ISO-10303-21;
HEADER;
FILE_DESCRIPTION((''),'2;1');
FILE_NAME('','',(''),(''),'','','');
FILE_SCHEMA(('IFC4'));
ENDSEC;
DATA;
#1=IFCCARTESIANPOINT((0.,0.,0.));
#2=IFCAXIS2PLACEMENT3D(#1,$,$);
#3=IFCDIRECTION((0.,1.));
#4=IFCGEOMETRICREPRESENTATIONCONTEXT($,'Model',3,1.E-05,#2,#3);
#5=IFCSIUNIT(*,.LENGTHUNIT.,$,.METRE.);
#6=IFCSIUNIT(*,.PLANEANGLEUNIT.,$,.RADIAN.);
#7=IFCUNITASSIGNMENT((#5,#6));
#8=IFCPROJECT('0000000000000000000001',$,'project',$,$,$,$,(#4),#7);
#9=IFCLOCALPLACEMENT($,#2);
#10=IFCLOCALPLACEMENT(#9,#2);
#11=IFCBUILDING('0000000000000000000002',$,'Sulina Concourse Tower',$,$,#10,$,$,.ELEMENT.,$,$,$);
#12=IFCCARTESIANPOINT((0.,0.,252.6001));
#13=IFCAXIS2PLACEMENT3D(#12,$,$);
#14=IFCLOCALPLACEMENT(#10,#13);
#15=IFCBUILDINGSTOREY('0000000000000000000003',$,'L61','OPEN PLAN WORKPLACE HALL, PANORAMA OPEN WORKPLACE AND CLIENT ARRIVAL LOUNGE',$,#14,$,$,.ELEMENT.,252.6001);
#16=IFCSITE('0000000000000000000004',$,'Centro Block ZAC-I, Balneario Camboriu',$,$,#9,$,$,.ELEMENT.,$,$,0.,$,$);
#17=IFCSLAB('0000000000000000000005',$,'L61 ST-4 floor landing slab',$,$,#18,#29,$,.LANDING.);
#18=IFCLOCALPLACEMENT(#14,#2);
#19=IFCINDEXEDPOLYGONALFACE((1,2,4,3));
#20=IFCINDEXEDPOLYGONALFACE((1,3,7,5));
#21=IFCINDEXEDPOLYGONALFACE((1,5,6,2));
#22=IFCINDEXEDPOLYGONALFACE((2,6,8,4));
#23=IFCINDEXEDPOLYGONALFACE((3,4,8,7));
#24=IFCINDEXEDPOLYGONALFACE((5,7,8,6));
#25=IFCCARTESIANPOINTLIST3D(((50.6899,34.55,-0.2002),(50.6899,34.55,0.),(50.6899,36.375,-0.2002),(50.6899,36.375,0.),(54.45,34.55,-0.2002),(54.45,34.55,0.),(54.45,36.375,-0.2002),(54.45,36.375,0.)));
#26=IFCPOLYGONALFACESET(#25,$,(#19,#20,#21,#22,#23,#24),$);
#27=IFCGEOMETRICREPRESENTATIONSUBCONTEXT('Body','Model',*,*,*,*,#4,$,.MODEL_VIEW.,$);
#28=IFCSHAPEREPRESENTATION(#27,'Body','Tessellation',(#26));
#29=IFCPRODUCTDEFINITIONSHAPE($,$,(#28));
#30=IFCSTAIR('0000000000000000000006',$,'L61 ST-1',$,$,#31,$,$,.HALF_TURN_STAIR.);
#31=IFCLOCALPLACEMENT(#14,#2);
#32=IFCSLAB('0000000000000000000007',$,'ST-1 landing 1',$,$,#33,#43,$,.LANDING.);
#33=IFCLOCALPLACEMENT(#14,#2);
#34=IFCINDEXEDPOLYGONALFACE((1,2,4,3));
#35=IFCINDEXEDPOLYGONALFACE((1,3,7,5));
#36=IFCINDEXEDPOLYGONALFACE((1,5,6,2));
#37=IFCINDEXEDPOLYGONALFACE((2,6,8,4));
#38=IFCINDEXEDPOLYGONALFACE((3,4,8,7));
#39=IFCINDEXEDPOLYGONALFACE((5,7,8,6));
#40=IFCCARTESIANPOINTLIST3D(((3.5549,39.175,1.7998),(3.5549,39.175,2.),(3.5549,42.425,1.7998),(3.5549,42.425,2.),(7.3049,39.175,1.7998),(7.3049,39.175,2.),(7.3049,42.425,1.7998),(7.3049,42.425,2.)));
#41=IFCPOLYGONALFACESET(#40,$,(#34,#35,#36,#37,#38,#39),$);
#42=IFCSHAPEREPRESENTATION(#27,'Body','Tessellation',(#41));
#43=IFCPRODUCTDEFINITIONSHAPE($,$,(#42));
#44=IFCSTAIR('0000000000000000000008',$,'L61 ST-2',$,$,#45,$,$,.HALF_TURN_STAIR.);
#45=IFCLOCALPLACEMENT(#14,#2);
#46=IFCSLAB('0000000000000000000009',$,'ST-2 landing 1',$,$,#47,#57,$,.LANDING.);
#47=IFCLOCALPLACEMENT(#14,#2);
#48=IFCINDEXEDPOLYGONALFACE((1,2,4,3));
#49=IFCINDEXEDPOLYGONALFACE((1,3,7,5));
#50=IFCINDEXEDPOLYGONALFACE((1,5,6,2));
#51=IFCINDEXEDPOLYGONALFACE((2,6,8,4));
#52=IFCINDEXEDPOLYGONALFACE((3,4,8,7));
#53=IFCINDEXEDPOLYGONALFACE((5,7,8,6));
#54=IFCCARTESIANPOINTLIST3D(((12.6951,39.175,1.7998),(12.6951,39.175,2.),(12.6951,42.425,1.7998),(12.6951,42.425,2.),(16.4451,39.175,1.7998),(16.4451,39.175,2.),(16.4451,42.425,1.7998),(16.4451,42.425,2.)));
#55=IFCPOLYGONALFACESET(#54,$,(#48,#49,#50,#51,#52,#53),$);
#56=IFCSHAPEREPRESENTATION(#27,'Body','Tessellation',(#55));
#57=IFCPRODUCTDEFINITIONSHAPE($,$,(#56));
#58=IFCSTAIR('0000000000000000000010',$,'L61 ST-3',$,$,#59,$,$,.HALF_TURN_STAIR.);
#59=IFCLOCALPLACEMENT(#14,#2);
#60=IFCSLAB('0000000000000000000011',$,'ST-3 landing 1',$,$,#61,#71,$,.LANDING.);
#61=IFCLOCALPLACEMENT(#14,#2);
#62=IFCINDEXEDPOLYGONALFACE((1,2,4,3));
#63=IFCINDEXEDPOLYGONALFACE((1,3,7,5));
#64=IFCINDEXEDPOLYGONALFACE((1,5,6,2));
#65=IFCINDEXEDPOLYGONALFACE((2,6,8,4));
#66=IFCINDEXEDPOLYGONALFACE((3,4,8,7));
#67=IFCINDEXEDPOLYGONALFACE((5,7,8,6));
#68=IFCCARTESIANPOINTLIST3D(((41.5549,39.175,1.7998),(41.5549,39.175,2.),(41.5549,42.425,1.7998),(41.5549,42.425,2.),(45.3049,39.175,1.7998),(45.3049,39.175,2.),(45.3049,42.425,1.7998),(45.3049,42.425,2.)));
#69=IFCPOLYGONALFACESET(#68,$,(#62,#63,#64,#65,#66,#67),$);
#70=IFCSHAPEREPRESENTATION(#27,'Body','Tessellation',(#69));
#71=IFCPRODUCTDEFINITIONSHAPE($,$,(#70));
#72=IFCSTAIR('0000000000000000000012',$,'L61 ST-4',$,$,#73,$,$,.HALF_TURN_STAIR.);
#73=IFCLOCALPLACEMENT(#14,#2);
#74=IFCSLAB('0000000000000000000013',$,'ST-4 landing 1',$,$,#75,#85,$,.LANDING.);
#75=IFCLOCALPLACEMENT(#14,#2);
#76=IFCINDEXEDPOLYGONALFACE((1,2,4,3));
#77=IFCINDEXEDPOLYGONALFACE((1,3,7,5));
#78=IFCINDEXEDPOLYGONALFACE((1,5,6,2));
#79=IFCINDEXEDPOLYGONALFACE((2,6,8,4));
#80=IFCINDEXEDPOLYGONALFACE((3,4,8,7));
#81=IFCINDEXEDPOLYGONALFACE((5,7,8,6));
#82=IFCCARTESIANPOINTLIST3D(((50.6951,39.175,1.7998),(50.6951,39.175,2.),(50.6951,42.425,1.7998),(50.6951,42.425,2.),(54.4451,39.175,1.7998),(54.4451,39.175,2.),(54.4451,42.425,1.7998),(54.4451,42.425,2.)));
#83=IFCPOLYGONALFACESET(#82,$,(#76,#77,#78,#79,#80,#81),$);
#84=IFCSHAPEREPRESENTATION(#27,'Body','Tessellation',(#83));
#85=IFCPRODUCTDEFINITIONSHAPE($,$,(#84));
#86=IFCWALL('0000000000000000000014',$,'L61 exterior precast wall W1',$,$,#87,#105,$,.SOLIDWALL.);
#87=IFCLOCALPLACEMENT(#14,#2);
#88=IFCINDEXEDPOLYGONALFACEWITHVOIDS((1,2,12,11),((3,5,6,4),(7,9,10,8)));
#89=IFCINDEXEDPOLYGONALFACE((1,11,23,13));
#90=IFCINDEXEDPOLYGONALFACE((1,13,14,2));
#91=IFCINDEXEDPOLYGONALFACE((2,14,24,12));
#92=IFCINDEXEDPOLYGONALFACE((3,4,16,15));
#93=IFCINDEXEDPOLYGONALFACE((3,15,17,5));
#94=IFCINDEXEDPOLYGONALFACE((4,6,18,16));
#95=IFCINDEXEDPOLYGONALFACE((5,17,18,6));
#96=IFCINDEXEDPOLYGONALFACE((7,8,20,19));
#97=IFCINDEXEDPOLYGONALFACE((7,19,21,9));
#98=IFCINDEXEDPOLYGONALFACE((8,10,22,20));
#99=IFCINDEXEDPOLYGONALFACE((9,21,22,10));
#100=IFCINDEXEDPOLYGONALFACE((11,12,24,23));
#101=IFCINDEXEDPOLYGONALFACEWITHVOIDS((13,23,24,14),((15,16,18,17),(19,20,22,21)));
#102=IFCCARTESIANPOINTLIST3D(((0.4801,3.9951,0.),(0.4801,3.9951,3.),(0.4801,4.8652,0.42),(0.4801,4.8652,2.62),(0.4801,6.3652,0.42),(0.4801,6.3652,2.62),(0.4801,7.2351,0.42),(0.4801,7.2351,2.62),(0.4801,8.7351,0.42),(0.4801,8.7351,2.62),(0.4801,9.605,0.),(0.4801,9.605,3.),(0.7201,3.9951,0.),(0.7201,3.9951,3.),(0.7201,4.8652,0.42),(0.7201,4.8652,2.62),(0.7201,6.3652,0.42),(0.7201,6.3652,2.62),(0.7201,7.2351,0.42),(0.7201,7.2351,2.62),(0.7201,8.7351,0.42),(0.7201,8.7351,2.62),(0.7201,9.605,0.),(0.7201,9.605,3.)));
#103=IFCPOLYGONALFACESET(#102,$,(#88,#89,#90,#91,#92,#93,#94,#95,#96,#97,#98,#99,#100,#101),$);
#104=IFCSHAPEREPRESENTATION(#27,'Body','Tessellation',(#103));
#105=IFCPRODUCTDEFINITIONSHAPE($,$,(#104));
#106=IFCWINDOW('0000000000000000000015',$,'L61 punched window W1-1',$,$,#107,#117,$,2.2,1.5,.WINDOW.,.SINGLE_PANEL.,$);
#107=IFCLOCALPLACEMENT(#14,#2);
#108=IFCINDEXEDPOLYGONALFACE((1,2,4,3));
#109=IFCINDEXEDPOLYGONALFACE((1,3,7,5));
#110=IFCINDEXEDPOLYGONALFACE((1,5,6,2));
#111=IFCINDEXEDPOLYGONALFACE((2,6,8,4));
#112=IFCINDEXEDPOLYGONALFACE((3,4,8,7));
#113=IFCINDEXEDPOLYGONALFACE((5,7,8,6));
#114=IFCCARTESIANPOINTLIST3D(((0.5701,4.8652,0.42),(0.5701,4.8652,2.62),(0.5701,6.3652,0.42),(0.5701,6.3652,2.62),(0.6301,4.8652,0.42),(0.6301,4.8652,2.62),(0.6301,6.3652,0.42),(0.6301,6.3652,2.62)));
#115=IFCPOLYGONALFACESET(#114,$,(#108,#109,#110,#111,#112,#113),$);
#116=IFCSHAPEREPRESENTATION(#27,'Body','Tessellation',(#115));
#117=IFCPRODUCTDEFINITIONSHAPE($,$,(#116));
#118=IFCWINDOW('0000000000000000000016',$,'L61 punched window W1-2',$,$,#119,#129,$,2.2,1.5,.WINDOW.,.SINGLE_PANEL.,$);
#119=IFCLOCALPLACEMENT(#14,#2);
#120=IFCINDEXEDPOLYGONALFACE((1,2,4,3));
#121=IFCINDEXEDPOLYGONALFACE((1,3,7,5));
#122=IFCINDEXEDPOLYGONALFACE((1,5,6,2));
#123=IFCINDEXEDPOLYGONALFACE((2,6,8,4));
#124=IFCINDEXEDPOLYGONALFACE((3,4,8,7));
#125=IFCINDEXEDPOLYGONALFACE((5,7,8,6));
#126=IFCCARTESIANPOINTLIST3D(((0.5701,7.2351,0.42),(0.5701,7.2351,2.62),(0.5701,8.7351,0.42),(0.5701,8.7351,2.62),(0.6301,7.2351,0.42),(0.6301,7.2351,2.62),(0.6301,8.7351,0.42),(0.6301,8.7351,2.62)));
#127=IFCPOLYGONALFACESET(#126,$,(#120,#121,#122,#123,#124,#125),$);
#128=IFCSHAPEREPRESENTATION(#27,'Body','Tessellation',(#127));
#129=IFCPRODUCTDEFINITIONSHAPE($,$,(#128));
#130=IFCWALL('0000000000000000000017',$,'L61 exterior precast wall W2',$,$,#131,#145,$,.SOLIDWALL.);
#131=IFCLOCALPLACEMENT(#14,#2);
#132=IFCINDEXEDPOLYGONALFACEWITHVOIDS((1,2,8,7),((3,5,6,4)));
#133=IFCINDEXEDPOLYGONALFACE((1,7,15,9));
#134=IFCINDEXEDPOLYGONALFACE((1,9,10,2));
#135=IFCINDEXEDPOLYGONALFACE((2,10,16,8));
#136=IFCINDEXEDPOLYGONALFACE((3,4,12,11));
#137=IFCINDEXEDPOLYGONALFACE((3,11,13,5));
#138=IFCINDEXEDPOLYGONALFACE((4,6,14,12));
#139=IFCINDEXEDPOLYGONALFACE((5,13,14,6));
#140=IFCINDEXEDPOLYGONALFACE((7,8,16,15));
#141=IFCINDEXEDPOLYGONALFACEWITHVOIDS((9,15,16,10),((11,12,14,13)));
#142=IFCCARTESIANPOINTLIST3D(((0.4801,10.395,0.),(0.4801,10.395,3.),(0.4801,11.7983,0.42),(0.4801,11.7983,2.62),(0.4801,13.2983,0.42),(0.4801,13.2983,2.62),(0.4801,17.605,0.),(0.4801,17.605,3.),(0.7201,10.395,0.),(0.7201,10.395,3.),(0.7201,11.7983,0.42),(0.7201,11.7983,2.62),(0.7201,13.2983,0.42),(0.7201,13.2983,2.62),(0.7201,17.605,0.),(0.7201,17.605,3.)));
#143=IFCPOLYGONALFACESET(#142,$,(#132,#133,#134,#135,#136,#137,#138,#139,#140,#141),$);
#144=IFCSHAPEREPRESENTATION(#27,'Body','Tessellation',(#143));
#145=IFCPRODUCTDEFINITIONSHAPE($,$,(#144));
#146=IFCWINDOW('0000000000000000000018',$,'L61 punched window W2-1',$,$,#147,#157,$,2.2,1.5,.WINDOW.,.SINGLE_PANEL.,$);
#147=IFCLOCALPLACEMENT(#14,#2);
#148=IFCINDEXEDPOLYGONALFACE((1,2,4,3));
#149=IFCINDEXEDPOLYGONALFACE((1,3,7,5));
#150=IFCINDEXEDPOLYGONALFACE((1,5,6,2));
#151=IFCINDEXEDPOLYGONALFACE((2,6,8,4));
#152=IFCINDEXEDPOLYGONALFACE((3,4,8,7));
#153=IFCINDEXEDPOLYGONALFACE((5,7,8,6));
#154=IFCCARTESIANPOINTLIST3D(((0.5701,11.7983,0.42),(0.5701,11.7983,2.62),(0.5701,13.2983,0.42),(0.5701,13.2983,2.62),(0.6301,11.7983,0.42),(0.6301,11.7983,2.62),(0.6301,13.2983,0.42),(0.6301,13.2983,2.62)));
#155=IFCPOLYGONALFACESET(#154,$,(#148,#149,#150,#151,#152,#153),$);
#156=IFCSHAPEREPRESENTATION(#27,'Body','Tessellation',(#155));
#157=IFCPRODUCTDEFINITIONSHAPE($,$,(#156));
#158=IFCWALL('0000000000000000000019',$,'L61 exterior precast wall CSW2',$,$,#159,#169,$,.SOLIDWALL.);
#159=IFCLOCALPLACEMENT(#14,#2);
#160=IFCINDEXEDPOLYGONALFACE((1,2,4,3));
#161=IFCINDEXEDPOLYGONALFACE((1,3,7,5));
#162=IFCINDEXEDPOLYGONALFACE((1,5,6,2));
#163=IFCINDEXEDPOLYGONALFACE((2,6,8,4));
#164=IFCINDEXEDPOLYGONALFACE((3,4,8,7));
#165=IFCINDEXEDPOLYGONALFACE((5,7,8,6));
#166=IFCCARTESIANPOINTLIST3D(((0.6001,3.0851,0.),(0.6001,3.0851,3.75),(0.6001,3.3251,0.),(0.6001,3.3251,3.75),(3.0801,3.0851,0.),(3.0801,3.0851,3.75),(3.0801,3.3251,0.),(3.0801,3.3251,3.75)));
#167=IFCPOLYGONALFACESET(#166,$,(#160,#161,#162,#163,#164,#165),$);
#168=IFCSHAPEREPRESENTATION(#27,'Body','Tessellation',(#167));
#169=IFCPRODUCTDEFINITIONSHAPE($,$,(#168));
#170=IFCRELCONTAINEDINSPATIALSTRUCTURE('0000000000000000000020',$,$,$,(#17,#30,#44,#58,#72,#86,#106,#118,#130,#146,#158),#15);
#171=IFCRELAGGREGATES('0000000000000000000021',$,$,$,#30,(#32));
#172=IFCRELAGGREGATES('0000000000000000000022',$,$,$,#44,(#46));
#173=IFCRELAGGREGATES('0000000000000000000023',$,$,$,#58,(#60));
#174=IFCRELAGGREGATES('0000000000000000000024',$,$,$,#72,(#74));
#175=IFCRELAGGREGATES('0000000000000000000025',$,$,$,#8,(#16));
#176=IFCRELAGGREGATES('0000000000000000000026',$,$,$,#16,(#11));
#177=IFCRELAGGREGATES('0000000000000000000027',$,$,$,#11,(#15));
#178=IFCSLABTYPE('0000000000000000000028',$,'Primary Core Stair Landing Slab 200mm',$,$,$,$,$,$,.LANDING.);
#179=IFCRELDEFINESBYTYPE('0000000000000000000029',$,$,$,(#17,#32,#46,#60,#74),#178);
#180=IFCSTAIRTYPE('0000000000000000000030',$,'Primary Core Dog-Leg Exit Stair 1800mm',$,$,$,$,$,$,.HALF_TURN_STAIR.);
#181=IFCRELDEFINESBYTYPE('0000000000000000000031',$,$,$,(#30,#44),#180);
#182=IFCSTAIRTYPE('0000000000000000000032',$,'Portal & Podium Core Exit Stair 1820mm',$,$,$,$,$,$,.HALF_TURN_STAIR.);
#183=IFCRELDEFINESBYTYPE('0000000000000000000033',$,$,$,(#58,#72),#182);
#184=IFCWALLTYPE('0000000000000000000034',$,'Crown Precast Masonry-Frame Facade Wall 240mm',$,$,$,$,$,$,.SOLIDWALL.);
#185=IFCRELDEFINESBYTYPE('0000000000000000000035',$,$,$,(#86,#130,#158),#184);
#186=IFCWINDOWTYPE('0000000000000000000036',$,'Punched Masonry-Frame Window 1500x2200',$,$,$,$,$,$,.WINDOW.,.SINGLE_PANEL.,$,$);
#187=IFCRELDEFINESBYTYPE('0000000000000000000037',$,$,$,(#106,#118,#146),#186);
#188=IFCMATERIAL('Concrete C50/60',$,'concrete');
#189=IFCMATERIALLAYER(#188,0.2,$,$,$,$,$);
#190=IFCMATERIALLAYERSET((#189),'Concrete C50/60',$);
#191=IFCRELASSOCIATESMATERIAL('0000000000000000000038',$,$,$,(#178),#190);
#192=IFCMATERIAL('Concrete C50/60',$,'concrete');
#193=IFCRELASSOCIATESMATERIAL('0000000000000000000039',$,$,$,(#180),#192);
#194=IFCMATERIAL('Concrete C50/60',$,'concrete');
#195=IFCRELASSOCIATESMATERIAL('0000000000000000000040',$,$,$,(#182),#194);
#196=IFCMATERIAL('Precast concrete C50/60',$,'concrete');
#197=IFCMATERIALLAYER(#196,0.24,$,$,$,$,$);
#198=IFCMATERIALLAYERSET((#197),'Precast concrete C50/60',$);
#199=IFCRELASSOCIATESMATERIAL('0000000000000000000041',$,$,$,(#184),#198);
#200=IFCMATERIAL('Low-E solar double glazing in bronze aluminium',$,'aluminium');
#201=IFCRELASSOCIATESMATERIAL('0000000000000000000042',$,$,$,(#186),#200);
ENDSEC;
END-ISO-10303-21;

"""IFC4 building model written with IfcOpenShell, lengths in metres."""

from ifc_helpers import new_model, si_unit, direction, frame, frame_2d, origin, place, context, subcontext, project, spatial, polyline, rectangle, outline, extrude, material, layer, layer_set, type_object, element, fill, aggregate, save


model = new_model("IFC4")

# Units and contexts
model_context = context("Model", 3, precision=1e-05, world=origin(), true_north=direction((0.0, 1.0)))
body_context = subcontext(model_context, "Body", "Model", "MODEL_VIEW")
ifc_project = project(units=[si_unit("LENGTHUNIT", "METRE"), si_unit("PLANEANGLEUNIT", "RADIAN")], contexts=[model_context])

# Site, building, storey
site_placement = place(None, origin())
site = spatial("IfcSite", under=ifc_project, at=site_placement, Name="Centro Block ZAC-I, Balneario Camboriu", CompositionType="ELEMENT", RefElevation=0.0)
building_placement = place(site_placement, origin())
building = spatial("IfcBuilding", under=site, at=building_placement, Name="Sulina Concourse Tower", CompositionType="ELEMENT")
storey_placement = place(building_placement, frame((0.0, 0.0, 252.6001)))
storey = spatial("IfcBuildingStorey", under=building, at=storey_placement, Name="L61", Description="OPEN PLAN WORKPLACE HALL, PANORAMA OPEN WORKPLACE AND CLIENT ARRIVAL LOUNGE", CompositionType="ELEMENT", Elevation=252.6001)

# Slab
ifc_material_1 = material(Name="Concrete C50/60", Category="concrete")
ifc_layer_1 = layer(ifc_material_1, 0.2)
ifc_layer_set_1 = layer_set([ifc_layer_1], Name="Concrete C50/60")
slab_type_1 = type_object("IfcSlabType", Name="Primary Core Stair Landing Slab 200mm", PredefinedType="LANDING", material=ifc_layer_set_1)
slab_1_placement = place(storey_placement, frame((0.0, 0.0, -0.2002)))
element("IfcSlab", 1, at=slab_1_placement, inside=storey, type_object=slab_type_1, Name="L61 ST-4 floor landing slab", PredefinedType="LANDING", context=body_context, shape_type="SweptSolid", body=[
    extrude(outline(polyline([(54.45, 34.55), (54.45, 36.375), (50.6899, 36.375), (50.6899, 34.55), (54.45, 34.55)])), origin(), (0.0, 0.0, 1.0), 0.2002),
])

# Stairs, slabs
ifc_material_2 = material(Name="Concrete C50/60", Category="concrete")
stair_type_1 = type_object("IfcStairType", Name="Primary Core Dog-Leg Exit Stair 1800mm", PredefinedType="HALF_TURN_STAIR", material=ifc_material_2)
stair_1_placement = place(storey_placement, origin())
stair_1 = element("IfcStair", 2, at=stair_1_placement, inside=storey, type_object=stair_type_1, Name="L61 ST-1", PredefinedType="HALF_TURN_STAIR")
slab_2_placement = place(storey_placement, frame((0.0, 0.0, 1.7998)))
slab_2 = element("IfcSlab", 3, at=slab_2_placement, type_object=slab_type_1, Name="ST-1 landing 1", PredefinedType="LANDING", context=body_context, shape_type="SweptSolid", body=[
    extrude(outline(polyline([(7.3049, 39.175), (7.3049, 42.425), (3.5549, 42.425), (3.5549, 39.175), (7.3049, 39.175)])), origin(), (0.0, 0.0, 1.0), 0.2002),
])
aggregate(stair_1, [slab_2])
stair_2_placement = place(storey_placement, origin())
stair_2 = element("IfcStair", 4, at=stair_2_placement, inside=storey, type_object=stair_type_1, Name="L61 ST-2", PredefinedType="HALF_TURN_STAIR")
slab_3_placement = place(storey_placement, frame((0.0, 0.0, 1.7998)))
slab_3 = element("IfcSlab", 5, at=slab_3_placement, type_object=slab_type_1, Name="ST-2 landing 1", PredefinedType="LANDING", context=body_context, shape_type="SweptSolid", body=[
    extrude(outline(polyline([(16.4451, 39.175), (16.4451, 42.425), (12.6951, 42.425), (12.6951, 39.175), (16.4451, 39.175)])), origin(), (0.0, 0.0, 1.0), 0.2002),
])
aggregate(stair_2, [slab_3])
ifc_material_3 = material(Name="Concrete C50/60", Category="concrete")
stair_type_2 = type_object("IfcStairType", Name="Portal & Podium Core Exit Stair 1820mm", PredefinedType="HALF_TURN_STAIR", material=ifc_material_3)
stair_3_placement = place(storey_placement, origin())
stair_3 = element("IfcStair", 6, at=stair_3_placement, inside=storey, type_object=stair_type_2, Name="L61 ST-3", PredefinedType="HALF_TURN_STAIR")
slab_4_placement = place(storey_placement, frame((0.0, 0.0, 1.7998)))
slab_4 = element("IfcSlab", 7, at=slab_4_placement, type_object=slab_type_1, Name="ST-3 landing 1", PredefinedType="LANDING", context=body_context, shape_type="SweptSolid", body=[
    extrude(outline(polyline([(45.3049, 39.175), (45.3049, 42.425), (41.5549, 42.425), (41.5549, 39.175), (45.3049, 39.175)])), origin(), (0.0, 0.0, 1.0), 0.2002),
])
aggregate(stair_3, [slab_4])
stair_4_placement = place(storey_placement, origin())
stair_4 = element("IfcStair", 8, at=stair_4_placement, inside=storey, type_object=stair_type_2, Name="L61 ST-4", PredefinedType="HALF_TURN_STAIR")
slab_5_placement = place(storey_placement, frame((0.0, 0.0, 1.7998)))
slab_5 = element("IfcSlab", 9, at=slab_5_placement, type_object=slab_type_1, Name="ST-4 landing 1", PredefinedType="LANDING", context=body_context, shape_type="SweptSolid", body=[
    extrude(outline(polyline([(54.4451, 39.175), (54.4451, 42.425), (50.6951, 42.425), (50.6951, 39.175), (54.4451, 39.175)])), origin(), (0.0, 0.0, 1.0), 0.2002),
])
aggregate(stair_4, [slab_5])

# Wall, openings, windows
ifc_material_4 = material(Name="Precast concrete C50/60", Category="concrete")
ifc_layer_2 = layer(ifc_material_4, 0.24)
ifc_layer_set_2 = layer_set([ifc_layer_2], Name="Precast concrete C50/60")
wall_type = type_object("IfcWallType", Name="Crown Precast Masonry-Frame Facade Wall 240mm", PredefinedType="SOLIDWALL", material=ifc_layer_set_2)
wall_1_placement = place(storey_placement, frame((0.6001, 3.9951, 0.0), z_axis=(0.0, 0.0, 1.0), x_axis=(0.0, 1.0, 0.0)))
wall_1 = element("IfcWall", 10, at=wall_1_placement, inside=storey, type_object=wall_type, Name="L61 exterior precast wall W1", PredefinedType="SOLIDWALL", context=body_context, shape_type="SweptSolid", body=[
    extrude(rectangle(XDim=5.6099, YDim=0.24, at=frame_2d((2.8049, 0.0))), origin(), (0.0, 0.0, 1.0), 3.0),
])
opening_1_placement = place(wall_1_placement, frame((0.8701, 0.0, 0.4199)))
opening_1 = element("IfcOpeningElement", 11, at=opening_1_placement, cuts=wall_1, PredefinedType="OPENING", context=body_context, shape_type="SweptSolid", body=[
    extrude(rectangle(XDim=1.5, YDim=2.2, at=frame_2d((0.75, 1.1001))), frame((0.0, 0.1299, 0.0), z_axis=(0.0, -1.0, 0.0), x_axis=(1.0, 0.0, 0.0)), (0.0, 0.0, 1.0), 0.26),
])
opening_2_placement = place(wall_1_placement, frame((3.24, 0.0, 0.4199)))
opening_2 = element("IfcOpeningElement", 12, at=opening_2_placement, cuts=wall_1, PredefinedType="OPENING", context=body_context, shape_type="SweptSolid", body=[
    extrude(rectangle(XDim=1.5, YDim=2.2, at=frame_2d((0.75, 1.1001))), frame((0.0, 0.1299, 0.0), z_axis=(0.0, -1.0, 0.0), x_axis=(1.0, 0.0, 0.0)), (0.0, 0.0, 1.0), 0.26),
])
ifc_material_5 = material(Name="Low-E solar double glazing in bronze aluminium", Category="aluminium")
window_type = type_object("IfcWindowType", Name="Punched Masonry-Frame Window 1500x2200", PartitioningType="SINGLE_PANEL", PredefinedType="WINDOW", material=ifc_material_5)
window_1_placement = place(opening_1_placement, origin())
window_1 = element("IfcWindow", 13, at=window_1_placement, inside=storey, type_object=window_type, Name="L61 punched window W1-1", OverallHeight=2.2, OverallWidth=1.5, PartitioningType="SINGLE_PANEL", PredefinedType="WINDOW", context=body_context, shape_type="SweptSolid", body=[
    extrude(rectangle(XDim=1.5, YDim=2.2, at=frame_2d((0.75, 1.1001))), frame((0.0, 0.03, 0.0), z_axis=(0.0, -1.0, 0.0), x_axis=(1.0, 0.0, 0.0)), (0.0, 0.0, 1.0), 0.0601),
])
fill(opening_1, window_1)
window_2_placement = place(opening_2_placement, origin())
window_2 = element("IfcWindow", 14, at=window_2_placement, inside=storey, type_object=window_type, Name="L61 punched window W1-2", OverallHeight=2.2, OverallWidth=1.5, PartitioningType="SINGLE_PANEL", PredefinedType="WINDOW", context=body_context, shape_type="SweptSolid", body=[
    extrude(rectangle(XDim=1.5, YDim=2.2, at=frame_2d((0.75, 1.1001))), frame((0.0, 0.03, 0.0), z_axis=(0.0, -1.0, 0.0), x_axis=(1.0, 0.0, 0.0)), (0.0, 0.0, 1.0), 0.0601),
])
fill(opening_2, window_2)

# Wall, opening, window
wall_2_placement = place(storey_placement, frame((0.6001, 10.395, 0.0), z_axis=(0.0, 0.0, 1.0), x_axis=(0.0, 1.0, 0.0)))
wall_2 = element("IfcWall", 15, at=wall_2_placement, inside=storey, type_object=wall_type, Name="L61 exterior precast wall W2", PredefinedType="SOLIDWALL", context=body_context, shape_type="SweptSolid", body=[
    extrude(rectangle(XDim=7.21, YDim=0.24, at=frame_2d((3.605, 0.0))), origin(), (0.0, 0.0, 1.0), 3.0),
])
opening_3_placement = place(wall_2_placement, frame((1.4033, 0.0, 0.4199)))
opening_3 = element("IfcOpeningElement", 16, at=opening_3_placement, cuts=wall_2, PredefinedType="OPENING", context=body_context, shape_type="SweptSolid", body=[
    extrude(rectangle(XDim=1.5, YDim=2.2, at=frame_2d((0.75, 1.1001))), frame((0.0, 0.1299, 0.0), z_axis=(0.0, -1.0, 0.0), x_axis=(1.0, 0.0, 0.0)), (0.0, 0.0, 1.0), 0.26),
])
window_3_placement = place(opening_3_placement, origin())
window_3 = element("IfcWindow", 17, at=window_3_placement, inside=storey, type_object=window_type, Name="L61 punched window W2-1", OverallHeight=2.2, OverallWidth=1.5, PartitioningType="SINGLE_PANEL", PredefinedType="WINDOW", context=body_context, shape_type="SweptSolid", body=[
    extrude(rectangle(XDim=1.5, YDim=2.2, at=frame_2d((0.75, 1.1001))), frame((0.0, 0.03, 0.0), z_axis=(0.0, -1.0, 0.0), x_axis=(1.0, 0.0, 0.0)), (0.0, 0.0, 1.0), 0.0601),
])
fill(opening_3, window_3)

# Wall
wall_3_placement = place(storey_placement, frame((3.0801, 3.2051, 0.0), z_axis=(0.0, 0.0, 1.0), x_axis=(-1.0, 0.0, 0.0)))
element("IfcWall", 18, at=wall_3_placement, inside=storey, type_object=wall_type, Name="L61 exterior precast wall CSW2", PredefinedType="SOLIDWALL", context=body_context, shape_type="SweptSolid", body=[
    extrude(rectangle(XDim=2.48, YDim=0.24, at=frame_2d((1.24, 0.0))), origin(), (0.0, 0.0, 1.0), 3.75),
])

save(model, "model.ifc")
